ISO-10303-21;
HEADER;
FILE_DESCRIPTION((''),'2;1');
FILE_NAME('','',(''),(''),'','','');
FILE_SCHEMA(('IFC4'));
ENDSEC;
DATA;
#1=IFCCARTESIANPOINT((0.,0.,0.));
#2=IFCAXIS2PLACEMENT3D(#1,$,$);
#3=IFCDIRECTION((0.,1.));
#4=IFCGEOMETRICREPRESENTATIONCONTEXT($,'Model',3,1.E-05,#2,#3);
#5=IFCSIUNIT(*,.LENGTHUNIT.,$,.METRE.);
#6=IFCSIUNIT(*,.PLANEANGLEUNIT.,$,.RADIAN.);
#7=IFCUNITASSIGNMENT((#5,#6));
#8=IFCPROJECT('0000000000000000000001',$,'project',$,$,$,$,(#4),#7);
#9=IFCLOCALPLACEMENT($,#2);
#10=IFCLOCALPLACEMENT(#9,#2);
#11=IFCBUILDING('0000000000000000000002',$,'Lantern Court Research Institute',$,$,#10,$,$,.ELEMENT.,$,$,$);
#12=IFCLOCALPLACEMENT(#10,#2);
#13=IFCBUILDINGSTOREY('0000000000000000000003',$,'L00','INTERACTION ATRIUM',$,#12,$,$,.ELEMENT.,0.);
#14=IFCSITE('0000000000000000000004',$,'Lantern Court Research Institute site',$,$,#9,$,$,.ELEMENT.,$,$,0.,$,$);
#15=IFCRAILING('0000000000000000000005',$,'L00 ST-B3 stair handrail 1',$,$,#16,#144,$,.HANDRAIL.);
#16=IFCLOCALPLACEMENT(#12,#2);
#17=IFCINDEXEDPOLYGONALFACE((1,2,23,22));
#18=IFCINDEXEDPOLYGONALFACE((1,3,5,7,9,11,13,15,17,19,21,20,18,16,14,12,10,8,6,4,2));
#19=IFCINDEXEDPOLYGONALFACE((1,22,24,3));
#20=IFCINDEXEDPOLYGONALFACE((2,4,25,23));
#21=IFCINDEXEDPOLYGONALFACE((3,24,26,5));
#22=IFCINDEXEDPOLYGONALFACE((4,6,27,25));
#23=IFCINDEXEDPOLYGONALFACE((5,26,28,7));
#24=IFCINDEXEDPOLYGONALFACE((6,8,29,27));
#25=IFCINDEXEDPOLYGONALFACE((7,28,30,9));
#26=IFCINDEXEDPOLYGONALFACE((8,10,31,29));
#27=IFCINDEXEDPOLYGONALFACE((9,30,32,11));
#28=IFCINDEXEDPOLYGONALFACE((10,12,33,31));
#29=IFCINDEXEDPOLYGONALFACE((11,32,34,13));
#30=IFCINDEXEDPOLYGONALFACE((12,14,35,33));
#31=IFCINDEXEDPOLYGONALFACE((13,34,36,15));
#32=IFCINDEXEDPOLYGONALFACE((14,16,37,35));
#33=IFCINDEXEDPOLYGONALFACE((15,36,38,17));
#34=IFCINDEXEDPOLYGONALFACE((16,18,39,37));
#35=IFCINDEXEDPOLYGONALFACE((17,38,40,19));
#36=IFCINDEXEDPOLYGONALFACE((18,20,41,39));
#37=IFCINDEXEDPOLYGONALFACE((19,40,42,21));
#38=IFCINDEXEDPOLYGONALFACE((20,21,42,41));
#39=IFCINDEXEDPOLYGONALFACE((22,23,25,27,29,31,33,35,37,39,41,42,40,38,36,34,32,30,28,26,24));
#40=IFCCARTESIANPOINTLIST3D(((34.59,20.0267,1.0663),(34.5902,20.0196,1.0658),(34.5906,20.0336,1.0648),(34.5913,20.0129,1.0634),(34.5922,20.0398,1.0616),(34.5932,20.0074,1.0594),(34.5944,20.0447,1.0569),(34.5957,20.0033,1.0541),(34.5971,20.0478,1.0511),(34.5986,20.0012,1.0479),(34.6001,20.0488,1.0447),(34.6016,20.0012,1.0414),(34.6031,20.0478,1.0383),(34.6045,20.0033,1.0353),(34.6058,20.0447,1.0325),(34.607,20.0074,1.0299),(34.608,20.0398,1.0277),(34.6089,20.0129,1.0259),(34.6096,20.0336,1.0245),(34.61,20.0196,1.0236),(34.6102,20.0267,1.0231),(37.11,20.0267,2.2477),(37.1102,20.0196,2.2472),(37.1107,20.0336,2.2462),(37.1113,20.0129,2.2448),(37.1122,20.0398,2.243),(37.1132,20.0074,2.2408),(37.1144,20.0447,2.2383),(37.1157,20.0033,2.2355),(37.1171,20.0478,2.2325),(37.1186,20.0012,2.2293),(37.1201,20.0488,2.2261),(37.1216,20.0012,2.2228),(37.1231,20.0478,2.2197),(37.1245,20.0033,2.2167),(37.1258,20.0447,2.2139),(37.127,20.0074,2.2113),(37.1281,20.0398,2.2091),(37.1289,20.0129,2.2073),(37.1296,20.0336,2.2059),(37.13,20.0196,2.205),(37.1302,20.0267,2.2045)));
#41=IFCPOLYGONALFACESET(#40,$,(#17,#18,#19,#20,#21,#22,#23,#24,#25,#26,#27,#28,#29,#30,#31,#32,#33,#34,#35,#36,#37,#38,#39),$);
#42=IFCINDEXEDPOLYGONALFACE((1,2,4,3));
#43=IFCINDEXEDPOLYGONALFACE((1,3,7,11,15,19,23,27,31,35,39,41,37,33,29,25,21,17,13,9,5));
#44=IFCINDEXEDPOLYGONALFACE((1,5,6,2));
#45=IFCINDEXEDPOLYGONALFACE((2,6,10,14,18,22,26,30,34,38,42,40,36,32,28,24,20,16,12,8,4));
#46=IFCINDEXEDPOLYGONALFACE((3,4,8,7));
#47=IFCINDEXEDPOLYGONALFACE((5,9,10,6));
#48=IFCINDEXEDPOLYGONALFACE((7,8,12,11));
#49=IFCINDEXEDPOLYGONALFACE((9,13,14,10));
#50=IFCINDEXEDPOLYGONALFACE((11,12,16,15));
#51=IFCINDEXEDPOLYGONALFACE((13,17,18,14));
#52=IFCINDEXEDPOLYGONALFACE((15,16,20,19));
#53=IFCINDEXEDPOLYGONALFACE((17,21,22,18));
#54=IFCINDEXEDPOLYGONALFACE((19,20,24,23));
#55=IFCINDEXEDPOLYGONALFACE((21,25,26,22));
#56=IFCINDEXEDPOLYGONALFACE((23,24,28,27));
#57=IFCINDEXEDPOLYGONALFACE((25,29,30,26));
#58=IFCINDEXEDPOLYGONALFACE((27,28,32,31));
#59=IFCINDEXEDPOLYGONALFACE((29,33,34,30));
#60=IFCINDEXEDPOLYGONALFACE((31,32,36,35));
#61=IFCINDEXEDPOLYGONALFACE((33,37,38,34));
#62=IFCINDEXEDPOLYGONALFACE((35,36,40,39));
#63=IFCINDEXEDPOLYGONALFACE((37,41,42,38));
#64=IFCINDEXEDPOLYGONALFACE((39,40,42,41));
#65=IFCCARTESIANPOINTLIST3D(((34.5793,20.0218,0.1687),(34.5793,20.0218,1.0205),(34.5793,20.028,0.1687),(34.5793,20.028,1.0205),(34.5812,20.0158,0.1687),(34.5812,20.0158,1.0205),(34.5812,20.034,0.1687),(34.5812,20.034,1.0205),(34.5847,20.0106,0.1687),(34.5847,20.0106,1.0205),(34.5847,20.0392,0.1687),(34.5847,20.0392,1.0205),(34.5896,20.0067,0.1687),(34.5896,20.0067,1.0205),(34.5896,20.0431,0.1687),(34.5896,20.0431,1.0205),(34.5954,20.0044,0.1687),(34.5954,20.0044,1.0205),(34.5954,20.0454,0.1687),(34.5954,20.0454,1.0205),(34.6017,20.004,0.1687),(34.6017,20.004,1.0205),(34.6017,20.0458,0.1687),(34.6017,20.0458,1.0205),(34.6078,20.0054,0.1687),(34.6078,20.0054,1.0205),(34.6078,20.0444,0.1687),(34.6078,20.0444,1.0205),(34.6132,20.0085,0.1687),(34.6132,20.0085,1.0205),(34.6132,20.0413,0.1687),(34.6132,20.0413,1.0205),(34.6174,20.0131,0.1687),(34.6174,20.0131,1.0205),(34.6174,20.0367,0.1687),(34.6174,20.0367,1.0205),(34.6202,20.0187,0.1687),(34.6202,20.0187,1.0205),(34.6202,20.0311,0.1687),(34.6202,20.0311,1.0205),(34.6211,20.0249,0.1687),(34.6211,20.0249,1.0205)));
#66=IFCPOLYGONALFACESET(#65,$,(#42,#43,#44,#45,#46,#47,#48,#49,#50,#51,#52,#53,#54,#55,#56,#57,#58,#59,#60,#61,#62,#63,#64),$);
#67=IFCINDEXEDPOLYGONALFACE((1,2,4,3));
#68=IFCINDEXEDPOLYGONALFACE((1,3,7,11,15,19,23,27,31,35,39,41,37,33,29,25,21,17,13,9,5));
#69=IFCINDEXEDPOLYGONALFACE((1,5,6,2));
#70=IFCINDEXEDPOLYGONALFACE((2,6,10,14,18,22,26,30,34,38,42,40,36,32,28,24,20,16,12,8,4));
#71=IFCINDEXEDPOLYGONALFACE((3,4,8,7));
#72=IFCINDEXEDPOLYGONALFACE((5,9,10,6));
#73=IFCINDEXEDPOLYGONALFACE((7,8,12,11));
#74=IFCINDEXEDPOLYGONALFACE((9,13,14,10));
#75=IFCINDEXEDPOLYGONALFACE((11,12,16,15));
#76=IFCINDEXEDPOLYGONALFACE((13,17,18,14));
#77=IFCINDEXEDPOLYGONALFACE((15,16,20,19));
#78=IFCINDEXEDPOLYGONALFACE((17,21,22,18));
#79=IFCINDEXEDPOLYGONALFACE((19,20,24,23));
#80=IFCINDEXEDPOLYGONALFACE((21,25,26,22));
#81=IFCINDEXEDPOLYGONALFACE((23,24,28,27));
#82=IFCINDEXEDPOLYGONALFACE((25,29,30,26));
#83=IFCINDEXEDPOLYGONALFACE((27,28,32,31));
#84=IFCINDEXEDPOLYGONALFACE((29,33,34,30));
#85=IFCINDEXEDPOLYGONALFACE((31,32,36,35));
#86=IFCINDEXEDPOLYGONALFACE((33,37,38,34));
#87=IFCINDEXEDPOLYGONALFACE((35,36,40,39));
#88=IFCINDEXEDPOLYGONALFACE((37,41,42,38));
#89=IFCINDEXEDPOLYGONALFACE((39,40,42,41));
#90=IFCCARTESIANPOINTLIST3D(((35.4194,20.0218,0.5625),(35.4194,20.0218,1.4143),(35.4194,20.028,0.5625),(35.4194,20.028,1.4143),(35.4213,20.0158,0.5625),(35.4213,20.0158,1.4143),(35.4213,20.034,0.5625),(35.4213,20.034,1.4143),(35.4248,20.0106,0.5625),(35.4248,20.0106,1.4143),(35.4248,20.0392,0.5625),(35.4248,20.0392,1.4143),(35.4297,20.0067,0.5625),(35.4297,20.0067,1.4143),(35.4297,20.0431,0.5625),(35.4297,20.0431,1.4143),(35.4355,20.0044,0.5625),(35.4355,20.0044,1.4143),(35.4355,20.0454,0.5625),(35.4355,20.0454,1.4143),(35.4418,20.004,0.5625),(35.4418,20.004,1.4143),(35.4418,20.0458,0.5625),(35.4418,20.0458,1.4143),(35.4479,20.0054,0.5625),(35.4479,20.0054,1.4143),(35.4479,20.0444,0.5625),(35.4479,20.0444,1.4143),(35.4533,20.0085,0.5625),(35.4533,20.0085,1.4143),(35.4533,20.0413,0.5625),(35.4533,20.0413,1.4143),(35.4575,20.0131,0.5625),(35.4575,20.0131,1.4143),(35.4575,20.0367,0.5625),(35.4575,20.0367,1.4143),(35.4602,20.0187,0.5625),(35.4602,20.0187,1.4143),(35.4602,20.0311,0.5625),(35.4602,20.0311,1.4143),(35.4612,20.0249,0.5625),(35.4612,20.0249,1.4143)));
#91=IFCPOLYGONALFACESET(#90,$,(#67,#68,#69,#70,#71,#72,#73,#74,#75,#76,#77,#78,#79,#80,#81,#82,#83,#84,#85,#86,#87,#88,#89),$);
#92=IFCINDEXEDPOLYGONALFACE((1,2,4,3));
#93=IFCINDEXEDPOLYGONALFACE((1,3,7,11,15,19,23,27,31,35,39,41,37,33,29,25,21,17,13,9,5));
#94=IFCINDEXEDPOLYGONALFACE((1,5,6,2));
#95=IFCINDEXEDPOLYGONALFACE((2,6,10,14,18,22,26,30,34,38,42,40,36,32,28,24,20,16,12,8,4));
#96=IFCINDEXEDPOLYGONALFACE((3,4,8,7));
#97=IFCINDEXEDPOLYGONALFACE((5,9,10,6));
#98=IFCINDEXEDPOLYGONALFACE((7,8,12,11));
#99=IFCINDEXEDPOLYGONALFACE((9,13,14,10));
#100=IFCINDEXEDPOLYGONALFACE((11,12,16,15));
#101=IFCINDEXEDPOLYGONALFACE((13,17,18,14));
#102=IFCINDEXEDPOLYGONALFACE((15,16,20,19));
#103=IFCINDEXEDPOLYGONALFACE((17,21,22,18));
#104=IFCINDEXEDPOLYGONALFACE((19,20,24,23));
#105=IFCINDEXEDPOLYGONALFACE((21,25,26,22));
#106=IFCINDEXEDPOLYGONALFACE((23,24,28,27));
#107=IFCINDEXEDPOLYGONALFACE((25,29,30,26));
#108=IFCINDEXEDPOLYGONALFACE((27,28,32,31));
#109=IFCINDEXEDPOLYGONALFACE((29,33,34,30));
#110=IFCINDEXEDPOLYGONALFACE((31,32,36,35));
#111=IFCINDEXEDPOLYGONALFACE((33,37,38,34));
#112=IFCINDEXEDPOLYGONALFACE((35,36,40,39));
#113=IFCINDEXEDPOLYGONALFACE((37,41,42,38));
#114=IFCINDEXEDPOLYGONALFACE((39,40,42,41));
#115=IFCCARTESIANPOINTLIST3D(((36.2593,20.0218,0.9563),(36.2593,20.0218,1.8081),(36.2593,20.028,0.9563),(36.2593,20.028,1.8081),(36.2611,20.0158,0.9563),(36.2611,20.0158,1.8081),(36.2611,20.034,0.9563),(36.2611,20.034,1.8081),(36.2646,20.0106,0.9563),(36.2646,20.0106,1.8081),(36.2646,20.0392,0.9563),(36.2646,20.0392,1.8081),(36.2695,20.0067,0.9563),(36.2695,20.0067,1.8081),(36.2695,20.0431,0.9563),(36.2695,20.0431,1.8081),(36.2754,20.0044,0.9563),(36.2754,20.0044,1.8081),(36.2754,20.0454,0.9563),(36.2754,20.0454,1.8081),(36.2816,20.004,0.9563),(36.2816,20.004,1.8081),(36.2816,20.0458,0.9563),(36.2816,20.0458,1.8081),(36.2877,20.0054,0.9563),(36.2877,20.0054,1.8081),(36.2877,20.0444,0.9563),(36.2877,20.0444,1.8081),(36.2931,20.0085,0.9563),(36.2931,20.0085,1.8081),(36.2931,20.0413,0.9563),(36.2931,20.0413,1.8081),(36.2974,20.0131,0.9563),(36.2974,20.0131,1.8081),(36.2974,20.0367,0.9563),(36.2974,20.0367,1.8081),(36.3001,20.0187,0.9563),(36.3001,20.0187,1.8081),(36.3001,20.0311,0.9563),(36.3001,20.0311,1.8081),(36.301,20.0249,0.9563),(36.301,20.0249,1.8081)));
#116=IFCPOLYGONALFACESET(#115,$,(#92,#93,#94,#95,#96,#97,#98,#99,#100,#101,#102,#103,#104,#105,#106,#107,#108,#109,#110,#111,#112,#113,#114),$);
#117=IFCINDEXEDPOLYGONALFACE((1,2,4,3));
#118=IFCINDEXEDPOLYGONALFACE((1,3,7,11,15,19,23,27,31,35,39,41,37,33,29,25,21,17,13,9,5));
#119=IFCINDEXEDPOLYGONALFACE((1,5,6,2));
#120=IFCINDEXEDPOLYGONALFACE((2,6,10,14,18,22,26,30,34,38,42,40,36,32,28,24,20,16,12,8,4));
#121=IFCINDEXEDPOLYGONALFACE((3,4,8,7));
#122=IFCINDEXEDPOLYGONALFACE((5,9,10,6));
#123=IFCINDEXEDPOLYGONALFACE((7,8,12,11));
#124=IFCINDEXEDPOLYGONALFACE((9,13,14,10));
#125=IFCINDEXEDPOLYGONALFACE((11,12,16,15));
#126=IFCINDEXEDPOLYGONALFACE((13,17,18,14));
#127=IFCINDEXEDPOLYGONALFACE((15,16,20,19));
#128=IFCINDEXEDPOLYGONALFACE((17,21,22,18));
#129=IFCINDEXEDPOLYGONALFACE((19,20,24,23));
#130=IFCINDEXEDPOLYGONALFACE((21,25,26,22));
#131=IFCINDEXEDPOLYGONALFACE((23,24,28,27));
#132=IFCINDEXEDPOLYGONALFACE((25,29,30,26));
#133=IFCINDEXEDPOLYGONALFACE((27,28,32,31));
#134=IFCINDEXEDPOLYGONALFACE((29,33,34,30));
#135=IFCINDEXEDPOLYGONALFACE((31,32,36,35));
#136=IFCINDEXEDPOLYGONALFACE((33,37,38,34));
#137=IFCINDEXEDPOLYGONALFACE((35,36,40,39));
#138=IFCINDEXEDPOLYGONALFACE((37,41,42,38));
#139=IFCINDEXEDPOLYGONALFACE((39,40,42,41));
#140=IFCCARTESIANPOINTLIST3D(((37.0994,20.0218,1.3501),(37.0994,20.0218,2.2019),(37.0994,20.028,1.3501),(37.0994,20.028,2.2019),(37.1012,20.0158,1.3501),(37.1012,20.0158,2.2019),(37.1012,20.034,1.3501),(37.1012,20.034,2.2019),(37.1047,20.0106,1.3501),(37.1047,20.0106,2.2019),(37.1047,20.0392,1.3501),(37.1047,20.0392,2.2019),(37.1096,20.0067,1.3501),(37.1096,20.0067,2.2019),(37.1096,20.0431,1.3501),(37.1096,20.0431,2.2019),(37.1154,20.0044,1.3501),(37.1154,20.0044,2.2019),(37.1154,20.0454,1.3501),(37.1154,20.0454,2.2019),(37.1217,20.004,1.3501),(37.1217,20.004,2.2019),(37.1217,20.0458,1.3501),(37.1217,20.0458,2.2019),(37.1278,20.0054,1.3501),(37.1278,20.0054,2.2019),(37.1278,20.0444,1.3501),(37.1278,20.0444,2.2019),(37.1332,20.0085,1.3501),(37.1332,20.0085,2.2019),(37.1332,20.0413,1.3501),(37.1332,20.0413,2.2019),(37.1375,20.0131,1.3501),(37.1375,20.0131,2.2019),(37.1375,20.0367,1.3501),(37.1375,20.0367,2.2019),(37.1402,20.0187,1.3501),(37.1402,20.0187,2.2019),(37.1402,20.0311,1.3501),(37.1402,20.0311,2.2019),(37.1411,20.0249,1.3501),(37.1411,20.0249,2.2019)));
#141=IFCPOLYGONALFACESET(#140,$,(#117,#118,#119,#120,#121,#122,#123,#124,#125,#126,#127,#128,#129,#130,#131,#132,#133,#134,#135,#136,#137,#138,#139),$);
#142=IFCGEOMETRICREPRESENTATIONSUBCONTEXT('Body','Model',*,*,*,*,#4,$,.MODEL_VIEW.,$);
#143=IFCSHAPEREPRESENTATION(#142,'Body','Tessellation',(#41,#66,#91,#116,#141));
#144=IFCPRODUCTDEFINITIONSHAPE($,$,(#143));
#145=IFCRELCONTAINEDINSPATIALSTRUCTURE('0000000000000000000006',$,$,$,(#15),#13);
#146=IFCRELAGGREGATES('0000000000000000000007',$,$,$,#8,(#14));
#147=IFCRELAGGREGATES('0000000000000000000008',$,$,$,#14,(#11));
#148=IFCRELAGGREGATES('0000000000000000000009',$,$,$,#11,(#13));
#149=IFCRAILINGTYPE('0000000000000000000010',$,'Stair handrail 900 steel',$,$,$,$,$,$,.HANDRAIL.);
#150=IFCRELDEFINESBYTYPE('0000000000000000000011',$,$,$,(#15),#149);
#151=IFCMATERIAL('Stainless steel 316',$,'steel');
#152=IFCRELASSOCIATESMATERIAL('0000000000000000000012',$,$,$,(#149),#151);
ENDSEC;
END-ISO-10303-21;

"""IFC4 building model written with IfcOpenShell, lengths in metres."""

from ifc_helpers import new_model, si_unit, direction, frame, origin, origin_2d, place, context, subcontext, project, spatial, circle, extrude, material, type_object, element, save


model = new_model("IFC4")

# Units and contexts
model_context = context("Model", 3, precision=1e-05, world=origin(), true_north=direction((0.0, 1.0)))
body_context = subcontext(model_context, "Body", "Model", "MODEL_VIEW")
ifc_project = project(units=[si_unit("LENGTHUNIT", "METRE"), si_unit("PLANEANGLEUNIT", "RADIAN")], contexts=[model_context])

# Site, building, storey
site_placement = place(None, origin())
site = spatial("IfcSite", under=ifc_project, at=site_placement, Name="Lantern Court Research Institute site", CompositionType="ELEMENT", RefElevation=0.0)
building_placement = place(site_placement, origin())
building = spatial("IfcBuilding", under=site, at=building_placement, Name="Lantern Court Research Institute", CompositionType="ELEMENT")
storey_placement = place(building_placement, origin())
storey = spatial("IfcBuildingStorey", under=building, at=storey_placement, Name="L00", Description="INTERACTION ATRIUM", CompositionType="ELEMENT", Elevation=0.0)

# Railing
ifc_material_1 = material(Name="Stainless steel 316", Category="steel")
railing_type = type_object("IfcRailingType", Name="Stair handrail 900 steel", PredefinedType="HANDRAIL", material=ifc_material_1)
railing_placement = place(storey_placement, frame((34.6001, 20.0249, 0.1687)))
element("IfcRailing", 1, at=railing_placement, inside=storey, type_object=railing_type, Name="L00 ST-B3 stair handrail 1", PredefinedType="HANDRAIL", context=body_context, shape_type="SweptSolid", body=[
    extrude(circle(Radius=0.0239, at=origin_2d()), frame((0.0, 0.0, 0.876), z_axis=(0.90544, 0.0, 0.424474), x_axis=(0.0, 1.0, 0.0)), (0.0, 0.0, 1.0), 2.7832),
    extrude(circle(Radius=0.021, at=origin_2d()), origin(), (0.0, 0.0, 1.0), 0.8518),
    extrude(circle(Radius=0.021, at=origin_2d()), frame((0.8401, 0.0, 0.3938)), (0.0, 0.0, 1.0), 0.8518),
    extrude(circle(Radius=0.021, at=origin_2d()), frame((1.6799, 0.0, 0.7876)), (0.0, 0.0, 1.0), 0.8518),
    extrude(circle(Radius=0.021, at=origin_2d()), frame((2.52, 0.0, 1.1814)), (0.0, 0.0, 1.0), 0.8518),
])

save(model, "model.ifc")
